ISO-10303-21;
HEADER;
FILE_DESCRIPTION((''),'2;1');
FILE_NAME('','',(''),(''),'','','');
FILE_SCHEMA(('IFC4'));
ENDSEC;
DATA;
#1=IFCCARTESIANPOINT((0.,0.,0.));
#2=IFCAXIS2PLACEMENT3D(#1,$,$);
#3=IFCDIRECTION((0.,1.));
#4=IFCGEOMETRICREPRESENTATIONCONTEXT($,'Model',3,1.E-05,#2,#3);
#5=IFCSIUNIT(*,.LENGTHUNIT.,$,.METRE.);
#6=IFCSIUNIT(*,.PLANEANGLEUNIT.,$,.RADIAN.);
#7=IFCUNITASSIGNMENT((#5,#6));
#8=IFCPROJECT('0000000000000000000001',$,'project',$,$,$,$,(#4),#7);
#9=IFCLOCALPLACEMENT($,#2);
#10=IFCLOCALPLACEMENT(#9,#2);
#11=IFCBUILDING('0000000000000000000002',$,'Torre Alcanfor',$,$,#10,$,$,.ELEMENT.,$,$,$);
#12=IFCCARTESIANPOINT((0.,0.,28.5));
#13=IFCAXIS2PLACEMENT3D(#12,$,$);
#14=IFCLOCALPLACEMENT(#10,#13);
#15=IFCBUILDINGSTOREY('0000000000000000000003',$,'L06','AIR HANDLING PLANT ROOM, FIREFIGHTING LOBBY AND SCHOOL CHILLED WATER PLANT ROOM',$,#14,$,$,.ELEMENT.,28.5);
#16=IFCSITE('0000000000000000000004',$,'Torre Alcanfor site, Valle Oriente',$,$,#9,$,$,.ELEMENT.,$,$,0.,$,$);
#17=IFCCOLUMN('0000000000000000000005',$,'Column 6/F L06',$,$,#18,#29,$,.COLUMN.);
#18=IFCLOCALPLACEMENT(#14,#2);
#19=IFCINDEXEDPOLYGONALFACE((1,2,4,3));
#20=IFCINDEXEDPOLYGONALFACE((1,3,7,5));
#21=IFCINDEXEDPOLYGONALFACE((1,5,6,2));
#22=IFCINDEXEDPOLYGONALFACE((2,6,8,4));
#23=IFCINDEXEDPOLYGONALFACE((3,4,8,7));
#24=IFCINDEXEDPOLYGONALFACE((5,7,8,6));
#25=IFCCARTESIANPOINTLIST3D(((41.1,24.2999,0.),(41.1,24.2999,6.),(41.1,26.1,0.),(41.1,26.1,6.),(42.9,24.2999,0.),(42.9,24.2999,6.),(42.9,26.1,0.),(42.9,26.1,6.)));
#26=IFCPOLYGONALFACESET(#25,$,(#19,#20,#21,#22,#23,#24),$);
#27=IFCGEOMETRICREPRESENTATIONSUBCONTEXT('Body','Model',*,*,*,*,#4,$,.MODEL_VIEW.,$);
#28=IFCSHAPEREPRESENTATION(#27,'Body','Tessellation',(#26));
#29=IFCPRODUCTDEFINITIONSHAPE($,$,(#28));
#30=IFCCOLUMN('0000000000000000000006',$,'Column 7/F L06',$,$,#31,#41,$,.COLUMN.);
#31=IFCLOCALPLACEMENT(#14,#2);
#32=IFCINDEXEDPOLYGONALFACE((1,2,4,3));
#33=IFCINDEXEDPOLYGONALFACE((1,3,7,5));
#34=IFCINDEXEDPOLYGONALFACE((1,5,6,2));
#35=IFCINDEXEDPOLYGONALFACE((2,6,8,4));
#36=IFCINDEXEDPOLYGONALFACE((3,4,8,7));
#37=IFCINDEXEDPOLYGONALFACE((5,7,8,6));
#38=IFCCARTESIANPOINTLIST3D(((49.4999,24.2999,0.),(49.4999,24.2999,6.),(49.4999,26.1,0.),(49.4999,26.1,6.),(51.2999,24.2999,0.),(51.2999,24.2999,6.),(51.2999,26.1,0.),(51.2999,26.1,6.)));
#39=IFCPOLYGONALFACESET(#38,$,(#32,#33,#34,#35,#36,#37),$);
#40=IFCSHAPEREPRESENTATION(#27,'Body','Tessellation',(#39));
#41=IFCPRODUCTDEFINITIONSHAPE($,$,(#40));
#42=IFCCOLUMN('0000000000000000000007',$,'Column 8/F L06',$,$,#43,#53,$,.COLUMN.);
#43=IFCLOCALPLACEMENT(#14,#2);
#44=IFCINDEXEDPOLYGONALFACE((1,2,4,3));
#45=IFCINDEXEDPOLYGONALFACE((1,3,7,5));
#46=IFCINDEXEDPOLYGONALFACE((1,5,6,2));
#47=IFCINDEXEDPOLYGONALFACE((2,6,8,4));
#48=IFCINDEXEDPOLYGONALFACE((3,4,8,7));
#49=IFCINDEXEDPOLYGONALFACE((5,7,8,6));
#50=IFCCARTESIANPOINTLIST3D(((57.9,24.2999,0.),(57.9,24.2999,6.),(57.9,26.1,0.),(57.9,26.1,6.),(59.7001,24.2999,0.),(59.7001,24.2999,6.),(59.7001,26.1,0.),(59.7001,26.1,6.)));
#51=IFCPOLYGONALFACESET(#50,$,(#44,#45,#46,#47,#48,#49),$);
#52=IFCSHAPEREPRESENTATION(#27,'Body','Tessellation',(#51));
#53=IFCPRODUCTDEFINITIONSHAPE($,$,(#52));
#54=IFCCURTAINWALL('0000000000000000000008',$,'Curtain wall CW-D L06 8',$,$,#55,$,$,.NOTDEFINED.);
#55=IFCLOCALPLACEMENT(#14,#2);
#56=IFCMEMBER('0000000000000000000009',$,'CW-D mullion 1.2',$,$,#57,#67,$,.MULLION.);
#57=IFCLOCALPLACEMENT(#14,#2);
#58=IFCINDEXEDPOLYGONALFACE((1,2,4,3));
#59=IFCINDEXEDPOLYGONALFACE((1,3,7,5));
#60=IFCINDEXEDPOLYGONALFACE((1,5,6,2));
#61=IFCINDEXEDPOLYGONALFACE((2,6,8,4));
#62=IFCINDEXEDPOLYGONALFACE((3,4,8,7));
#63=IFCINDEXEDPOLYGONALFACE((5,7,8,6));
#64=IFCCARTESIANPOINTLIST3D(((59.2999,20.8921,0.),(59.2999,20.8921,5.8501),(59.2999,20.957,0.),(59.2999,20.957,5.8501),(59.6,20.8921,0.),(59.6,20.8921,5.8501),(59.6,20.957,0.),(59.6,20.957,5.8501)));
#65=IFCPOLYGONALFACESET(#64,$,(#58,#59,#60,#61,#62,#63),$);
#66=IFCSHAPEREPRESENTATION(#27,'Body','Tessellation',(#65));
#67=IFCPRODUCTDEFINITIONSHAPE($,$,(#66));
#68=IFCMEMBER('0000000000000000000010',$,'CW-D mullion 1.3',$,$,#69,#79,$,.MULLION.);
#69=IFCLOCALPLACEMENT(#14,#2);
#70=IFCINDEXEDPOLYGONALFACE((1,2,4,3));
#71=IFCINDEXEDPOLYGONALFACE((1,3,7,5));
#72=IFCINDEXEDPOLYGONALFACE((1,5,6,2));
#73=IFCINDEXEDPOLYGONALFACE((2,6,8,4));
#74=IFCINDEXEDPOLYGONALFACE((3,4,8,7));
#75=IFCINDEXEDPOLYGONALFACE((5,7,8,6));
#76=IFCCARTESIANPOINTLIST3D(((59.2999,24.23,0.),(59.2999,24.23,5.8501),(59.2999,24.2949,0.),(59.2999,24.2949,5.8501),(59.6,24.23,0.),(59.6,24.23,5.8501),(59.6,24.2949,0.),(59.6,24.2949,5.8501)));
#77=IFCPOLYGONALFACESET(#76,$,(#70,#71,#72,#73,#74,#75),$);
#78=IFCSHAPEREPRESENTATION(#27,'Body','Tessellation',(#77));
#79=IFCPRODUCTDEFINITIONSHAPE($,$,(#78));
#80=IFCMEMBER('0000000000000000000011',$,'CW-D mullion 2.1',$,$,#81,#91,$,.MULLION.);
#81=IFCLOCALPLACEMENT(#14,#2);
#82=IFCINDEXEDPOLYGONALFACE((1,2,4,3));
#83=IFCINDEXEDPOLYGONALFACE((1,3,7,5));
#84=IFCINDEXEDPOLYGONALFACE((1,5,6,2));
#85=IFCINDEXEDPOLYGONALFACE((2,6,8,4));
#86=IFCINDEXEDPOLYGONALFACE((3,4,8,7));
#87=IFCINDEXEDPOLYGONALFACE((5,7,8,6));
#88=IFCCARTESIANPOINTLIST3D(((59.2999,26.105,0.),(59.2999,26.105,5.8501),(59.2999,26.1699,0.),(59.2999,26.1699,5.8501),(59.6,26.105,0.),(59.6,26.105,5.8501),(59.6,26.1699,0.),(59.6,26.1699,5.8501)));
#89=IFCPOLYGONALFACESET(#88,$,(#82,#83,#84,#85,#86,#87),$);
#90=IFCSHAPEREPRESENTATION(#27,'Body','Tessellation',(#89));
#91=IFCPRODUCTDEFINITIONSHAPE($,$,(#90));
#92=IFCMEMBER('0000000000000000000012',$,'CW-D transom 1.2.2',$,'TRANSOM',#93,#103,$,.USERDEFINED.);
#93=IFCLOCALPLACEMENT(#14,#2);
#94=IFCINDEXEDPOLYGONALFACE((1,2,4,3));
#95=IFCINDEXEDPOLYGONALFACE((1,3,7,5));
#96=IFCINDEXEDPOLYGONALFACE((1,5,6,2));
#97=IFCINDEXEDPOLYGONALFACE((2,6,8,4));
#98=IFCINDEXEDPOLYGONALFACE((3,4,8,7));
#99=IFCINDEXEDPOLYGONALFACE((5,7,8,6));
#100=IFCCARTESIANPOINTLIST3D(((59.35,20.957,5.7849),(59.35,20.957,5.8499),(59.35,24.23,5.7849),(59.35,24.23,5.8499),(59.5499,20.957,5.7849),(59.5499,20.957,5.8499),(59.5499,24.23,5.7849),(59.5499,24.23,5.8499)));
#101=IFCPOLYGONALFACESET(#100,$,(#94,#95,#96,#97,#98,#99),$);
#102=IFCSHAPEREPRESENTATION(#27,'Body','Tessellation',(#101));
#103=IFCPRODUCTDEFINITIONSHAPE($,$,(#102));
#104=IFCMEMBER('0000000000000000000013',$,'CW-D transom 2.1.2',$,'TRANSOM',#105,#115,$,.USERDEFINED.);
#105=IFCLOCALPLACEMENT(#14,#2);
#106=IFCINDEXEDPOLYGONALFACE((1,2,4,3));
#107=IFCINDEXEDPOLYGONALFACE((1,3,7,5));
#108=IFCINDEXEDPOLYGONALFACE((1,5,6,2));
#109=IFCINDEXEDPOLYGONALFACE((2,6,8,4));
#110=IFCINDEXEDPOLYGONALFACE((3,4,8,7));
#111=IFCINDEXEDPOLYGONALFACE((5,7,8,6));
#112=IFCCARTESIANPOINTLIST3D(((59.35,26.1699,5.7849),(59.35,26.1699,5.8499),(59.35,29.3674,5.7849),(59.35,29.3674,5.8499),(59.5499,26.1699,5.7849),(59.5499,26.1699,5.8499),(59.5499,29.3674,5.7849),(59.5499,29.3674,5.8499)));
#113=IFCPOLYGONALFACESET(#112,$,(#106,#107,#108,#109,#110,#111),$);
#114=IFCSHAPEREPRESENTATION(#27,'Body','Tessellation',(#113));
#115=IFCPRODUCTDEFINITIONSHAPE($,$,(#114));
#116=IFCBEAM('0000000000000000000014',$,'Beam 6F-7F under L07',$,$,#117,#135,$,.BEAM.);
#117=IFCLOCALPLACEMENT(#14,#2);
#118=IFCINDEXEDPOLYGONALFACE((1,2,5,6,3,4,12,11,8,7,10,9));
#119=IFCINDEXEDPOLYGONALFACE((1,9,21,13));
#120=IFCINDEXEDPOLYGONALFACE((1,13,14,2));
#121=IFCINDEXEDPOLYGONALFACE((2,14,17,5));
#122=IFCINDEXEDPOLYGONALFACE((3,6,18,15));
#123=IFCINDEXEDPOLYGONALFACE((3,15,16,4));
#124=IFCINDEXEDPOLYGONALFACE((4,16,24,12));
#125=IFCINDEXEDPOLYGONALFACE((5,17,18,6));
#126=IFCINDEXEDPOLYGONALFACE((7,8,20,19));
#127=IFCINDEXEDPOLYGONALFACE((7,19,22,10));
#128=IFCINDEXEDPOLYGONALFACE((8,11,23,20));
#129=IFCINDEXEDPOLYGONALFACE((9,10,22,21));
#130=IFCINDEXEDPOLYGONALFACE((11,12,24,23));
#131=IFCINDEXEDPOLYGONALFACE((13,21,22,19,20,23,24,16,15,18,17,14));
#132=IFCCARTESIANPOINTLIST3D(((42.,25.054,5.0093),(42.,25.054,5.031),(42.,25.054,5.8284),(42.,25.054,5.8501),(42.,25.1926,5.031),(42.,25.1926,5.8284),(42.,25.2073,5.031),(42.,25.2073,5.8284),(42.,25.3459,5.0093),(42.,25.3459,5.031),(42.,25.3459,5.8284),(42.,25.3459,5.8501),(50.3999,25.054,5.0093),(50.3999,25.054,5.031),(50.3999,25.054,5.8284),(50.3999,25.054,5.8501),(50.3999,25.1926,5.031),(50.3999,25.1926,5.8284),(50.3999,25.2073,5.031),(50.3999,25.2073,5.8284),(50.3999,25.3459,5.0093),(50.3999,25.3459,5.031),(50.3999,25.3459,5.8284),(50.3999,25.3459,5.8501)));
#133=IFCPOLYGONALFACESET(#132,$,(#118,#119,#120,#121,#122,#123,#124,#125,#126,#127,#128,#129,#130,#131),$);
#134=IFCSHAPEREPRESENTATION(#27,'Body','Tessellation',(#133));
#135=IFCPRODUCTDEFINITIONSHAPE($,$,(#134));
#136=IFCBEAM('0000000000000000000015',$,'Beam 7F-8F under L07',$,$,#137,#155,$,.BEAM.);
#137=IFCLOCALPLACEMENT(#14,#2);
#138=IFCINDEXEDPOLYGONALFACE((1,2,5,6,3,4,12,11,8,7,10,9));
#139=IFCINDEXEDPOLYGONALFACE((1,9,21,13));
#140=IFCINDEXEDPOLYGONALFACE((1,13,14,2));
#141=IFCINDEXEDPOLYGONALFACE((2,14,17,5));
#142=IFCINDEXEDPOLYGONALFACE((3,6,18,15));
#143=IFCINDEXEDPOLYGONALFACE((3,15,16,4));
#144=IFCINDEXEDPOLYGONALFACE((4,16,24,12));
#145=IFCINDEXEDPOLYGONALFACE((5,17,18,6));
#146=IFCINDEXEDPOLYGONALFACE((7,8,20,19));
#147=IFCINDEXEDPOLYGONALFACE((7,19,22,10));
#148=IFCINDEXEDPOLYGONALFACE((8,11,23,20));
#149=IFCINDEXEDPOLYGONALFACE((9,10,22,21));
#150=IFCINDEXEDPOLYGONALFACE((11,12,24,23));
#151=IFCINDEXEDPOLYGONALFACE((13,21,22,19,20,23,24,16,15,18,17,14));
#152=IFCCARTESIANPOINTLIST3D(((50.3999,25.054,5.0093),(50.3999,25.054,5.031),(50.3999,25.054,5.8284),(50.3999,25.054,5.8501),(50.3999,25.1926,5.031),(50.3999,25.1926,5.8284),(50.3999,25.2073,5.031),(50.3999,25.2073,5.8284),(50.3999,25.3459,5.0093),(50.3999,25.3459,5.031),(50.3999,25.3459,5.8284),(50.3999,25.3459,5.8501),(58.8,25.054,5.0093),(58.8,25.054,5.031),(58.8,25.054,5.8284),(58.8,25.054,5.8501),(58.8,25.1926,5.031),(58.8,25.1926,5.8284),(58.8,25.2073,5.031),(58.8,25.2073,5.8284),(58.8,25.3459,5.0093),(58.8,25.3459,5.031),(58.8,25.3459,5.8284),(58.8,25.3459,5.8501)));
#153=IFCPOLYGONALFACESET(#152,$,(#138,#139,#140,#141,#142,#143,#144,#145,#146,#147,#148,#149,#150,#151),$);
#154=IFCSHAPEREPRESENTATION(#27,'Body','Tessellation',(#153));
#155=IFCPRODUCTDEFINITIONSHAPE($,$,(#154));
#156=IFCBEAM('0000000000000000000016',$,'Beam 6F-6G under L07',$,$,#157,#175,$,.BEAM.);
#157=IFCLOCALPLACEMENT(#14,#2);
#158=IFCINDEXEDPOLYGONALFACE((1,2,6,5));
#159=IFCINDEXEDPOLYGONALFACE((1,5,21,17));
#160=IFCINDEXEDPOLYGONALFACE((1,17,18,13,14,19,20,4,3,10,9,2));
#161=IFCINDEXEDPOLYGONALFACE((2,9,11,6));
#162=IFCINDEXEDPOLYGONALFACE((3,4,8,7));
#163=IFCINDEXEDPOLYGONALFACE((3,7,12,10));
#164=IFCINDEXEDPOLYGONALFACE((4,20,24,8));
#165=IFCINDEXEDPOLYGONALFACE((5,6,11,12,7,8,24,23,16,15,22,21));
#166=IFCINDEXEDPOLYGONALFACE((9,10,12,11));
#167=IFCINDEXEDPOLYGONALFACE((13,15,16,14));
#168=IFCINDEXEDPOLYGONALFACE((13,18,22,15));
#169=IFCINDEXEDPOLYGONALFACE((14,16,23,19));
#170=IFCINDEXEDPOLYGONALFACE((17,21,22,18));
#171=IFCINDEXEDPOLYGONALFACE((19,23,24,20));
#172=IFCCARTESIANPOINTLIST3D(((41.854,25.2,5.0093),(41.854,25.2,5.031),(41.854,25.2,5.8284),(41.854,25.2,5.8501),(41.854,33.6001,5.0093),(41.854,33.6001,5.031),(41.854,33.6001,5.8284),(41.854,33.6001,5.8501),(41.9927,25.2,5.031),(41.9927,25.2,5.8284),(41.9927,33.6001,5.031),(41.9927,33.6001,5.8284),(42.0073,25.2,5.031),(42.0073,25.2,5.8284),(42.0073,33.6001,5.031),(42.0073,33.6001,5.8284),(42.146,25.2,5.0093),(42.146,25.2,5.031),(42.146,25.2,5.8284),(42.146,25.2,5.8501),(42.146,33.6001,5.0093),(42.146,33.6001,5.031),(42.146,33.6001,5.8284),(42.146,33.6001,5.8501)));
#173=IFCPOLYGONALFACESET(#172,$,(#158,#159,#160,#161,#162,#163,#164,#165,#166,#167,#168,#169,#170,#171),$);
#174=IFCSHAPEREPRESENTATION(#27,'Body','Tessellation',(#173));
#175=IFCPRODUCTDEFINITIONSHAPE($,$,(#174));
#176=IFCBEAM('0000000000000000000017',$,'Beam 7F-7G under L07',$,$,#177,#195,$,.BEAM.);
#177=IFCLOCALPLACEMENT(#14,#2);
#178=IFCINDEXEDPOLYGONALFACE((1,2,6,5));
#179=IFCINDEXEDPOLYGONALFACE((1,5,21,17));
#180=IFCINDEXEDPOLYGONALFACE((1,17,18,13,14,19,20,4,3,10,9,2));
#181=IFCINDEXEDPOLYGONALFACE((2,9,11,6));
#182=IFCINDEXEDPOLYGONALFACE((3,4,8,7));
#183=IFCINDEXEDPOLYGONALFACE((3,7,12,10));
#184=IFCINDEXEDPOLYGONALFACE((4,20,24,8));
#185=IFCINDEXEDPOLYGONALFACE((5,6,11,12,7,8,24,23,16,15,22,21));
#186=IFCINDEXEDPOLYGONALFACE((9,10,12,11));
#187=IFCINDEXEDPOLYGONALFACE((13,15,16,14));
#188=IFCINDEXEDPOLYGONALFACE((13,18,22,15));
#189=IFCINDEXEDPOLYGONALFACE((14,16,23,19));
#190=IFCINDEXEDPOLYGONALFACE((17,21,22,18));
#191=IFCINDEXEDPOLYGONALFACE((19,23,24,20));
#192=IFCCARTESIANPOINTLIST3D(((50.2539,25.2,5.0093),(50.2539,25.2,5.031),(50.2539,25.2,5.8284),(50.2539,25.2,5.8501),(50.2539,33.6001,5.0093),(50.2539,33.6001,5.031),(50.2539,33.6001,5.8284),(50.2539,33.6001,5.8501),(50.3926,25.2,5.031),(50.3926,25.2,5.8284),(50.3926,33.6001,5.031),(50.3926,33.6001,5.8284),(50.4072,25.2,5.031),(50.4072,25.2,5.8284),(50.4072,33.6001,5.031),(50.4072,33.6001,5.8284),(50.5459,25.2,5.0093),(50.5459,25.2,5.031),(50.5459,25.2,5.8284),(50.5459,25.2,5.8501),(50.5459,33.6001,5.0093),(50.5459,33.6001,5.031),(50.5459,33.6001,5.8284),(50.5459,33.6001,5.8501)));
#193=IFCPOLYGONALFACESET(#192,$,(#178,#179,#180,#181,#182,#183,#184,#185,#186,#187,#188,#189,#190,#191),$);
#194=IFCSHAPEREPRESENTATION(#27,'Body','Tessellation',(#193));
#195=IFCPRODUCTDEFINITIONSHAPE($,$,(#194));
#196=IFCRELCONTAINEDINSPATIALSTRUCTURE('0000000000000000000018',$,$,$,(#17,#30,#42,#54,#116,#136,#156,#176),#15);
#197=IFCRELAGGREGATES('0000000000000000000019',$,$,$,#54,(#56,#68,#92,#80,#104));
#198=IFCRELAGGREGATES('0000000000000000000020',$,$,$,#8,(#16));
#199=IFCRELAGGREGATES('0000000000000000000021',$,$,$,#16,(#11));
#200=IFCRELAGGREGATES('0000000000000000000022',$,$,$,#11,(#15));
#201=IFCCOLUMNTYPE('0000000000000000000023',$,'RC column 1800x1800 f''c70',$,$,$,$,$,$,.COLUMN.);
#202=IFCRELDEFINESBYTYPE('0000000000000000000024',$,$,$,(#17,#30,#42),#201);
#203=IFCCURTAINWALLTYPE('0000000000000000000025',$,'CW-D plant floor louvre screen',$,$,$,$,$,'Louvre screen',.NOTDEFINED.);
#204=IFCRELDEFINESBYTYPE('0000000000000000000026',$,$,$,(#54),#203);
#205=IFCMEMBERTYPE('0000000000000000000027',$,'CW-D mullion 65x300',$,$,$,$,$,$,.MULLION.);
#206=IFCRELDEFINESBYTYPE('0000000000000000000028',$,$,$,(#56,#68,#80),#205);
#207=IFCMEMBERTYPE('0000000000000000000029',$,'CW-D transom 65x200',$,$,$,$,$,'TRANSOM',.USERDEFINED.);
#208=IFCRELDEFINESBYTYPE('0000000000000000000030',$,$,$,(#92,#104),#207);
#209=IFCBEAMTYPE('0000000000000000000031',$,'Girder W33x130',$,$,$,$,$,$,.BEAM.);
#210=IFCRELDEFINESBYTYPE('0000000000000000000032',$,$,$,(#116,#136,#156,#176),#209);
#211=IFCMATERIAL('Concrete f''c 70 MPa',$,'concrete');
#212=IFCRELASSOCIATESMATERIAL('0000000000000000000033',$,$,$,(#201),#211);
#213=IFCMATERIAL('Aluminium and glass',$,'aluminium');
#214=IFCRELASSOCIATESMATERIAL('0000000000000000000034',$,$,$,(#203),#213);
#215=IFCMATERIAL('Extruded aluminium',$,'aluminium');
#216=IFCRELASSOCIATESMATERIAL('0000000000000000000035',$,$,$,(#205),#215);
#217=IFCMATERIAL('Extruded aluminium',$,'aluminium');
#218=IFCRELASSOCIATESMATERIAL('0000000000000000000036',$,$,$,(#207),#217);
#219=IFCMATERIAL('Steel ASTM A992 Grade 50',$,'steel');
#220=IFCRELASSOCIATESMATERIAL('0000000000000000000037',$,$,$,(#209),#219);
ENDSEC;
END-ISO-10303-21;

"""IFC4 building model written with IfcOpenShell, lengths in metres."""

from ifc_helpers import new_model, si_unit, direction, frame, origin, origin_2d, place, context, subcontext, project, spatial, rectangle, i_section, extrude, material, material_profile, profile_set, type_object, element, aggregate, save


model = new_model("IFC4")

# Units and contexts
model_context = context("Model", 3, precision=1e-05, world=origin(), true_north=direction((0.0, 1.0)))
body_context = subcontext(model_context, "Body", "Model", "MODEL_VIEW")
ifc_project = project(units=[si_unit("LENGTHUNIT", "METRE"), si_unit("PLANEANGLEUNIT", "RADIAN")], contexts=[model_context])

# Site, building, storey
site_placement = place(None, origin())
site = spatial("IfcSite", under=ifc_project, at=site_placement, Name="Torre Alcanfor site, Valle Oriente", CompositionType="ELEMENT", RefElevation=0.0)
building_placement = place(site_placement, origin())
building = spatial("IfcBuilding", under=site, at=building_placement, Name="Torre Alcanfor", CompositionType="ELEMENT")
storey_placement = place(building_placement, frame((0.0, 0.0, 28.5)))
storey = spatial("IfcBuildingStorey", under=building, at=storey_placement, Name="L06", Description="AIR HANDLING PLANT ROOM, FIREFIGHTING LOBBY AND SCHOOL CHILLED WATER PLANT ROOM", CompositionType="ELEMENT", Elevation=28.5)

# Columns
ifc_material_1 = material(Name="Concrete f'c 70 MPa", Category="concrete")
ifc_material_profile_1 = material_profile(ifc_material_1, rectangle(XDim=1.8, YDim=1.8, at=origin_2d()), Name="1800x1800")
ifc_profile_set_1 = profile_set([ifc_material_profile_1], Name="Concrete f'c 70 MPa")
column_type = type_object("IfcColumnType", Name="RC column 1800x1800 f'c70", PredefinedType="COLUMN", material=ifc_profile_set_1)
for number, where, z_axis, x_axis, name in (
    (1, (42.0, 25.2, 0.0), (0.0, 0.0, 1.0), (1.0, 0.0, 0.0), "Column 6/F L06"),
    (2, (50.3999, 25.2, 0.0), (0.0, 0.0, 1.0), (1.0, 0.0, 0.0), "Column 7/F L06"),
    (3, (58.8, 25.2, 0.0), (0.0, 0.0, 1.0), (1.0, 0.0, 0.0), "Column 8/F L06"),
):
    element("IfcColumn", number, at=place(storey_placement, frame(where, z_axis=z_axis, x_axis=x_axis)), inside=storey, type_object=column_type, Name=name, PredefinedType="COLUMN", context=body_context, shape_type="SweptSolid", body=[
        extrude(rectangle(XDim=1.8, YDim=1.8, at=origin_2d()), origin(), (0.0, 0.0, 1.0), 6.0),
    ])

# Curtain wall, members
ifc_material_2 = material(Name="Aluminium and glass", Category="aluminium")
curtain_wall_type = type_object("IfcCurtainWallType", Name="CW-D plant floor louvre screen", ElementType="Louvre screen", PredefinedType="NOTDEFINED", material=ifc_material_2)
curtain_wall_placement = place(storey_placement, origin())
curtain_wall = element("IfcCurtainWall", 4, at=curtain_wall_placement, inside=storey, type_object=curtain_wall_type, Name="Curtain wall CW-D L06 8", PredefinedType="NOTDEFINED")
ifc_material_3 = material(Name="Extruded aluminium", Category="aluminium")
ifc_material_profile_2 = material_profile(ifc_material_3, rectangle(XDim=0.3, YDim=0.0649, at=origin_2d()), Name="CW-D mullion 65x300")
ifc_profile_set_2 = profile_set([ifc_material_profile_2], Name="Extruded aluminium")
member_type_1 = type_object("IfcMemberType", Name="CW-D mullion 65x300", PredefinedType="MULLION", material=ifc_profile_set_2)
member_1_placement = place(storey_placement, frame((59.45, 20.9246, 0.0), z_axis=(0.0, 0.0, 1.0), x_axis=(-1.0, 0.0, 0.0)))
member_1 = element("IfcMember", 5, at=member_1_placement, type_object=member_type_1, Name="CW-D mullion 1.2", PredefinedType="MULLION", context=body_context, shape_type="SweptSolid", body=[
    extrude(rectangle(XDim=0.3, YDim=0.0649, at=origin_2d()), origin(), (0.0, 0.0, 1.0), 5.8501),
])
member_2_placement = place(storey_placement, frame((59.45, 24.2625, 0.0), z_axis=(0.0, 0.0, 1.0), x_axis=(-1.0, 0.0, 0.0)))
member_2 = element("IfcMember", 6, at=member_2_placement, type_object=member_type_1, Name="CW-D mullion 1.3", PredefinedType="MULLION", context=body_context, shape_type="SweptSolid", body=[
    extrude(rectangle(XDim=0.3, YDim=0.0649, at=origin_2d()), origin(), (0.0, 0.0, 1.0), 5.8501),
])
member_3_placement = place(storey_placement, frame((59.45, 26.1375, 0.0), z_axis=(0.0, 0.0, 1.0), x_axis=(-1.0, 0.0, 0.0)))
member_3 = element("IfcMember", 7, at=member_3_placement, type_object=member_type_1, Name="CW-D mullion 2.1", PredefinedType="MULLION", context=body_context, shape_type="SweptSolid", body=[
    extrude(rectangle(XDim=0.3, YDim=0.0649, at=origin_2d()), origin(), (0.0, 0.0, 1.0), 5.8501),
])
ifc_material_4 = material(Name="Extruded aluminium", Category="aluminium")
ifc_material_profile_3 = material_profile(ifc_material_4, rectangle(XDim=0.2, YDim=0.0649, at=origin_2d()), Name="CW-D transom 200x65")
ifc_profile_set_3 = profile_set([ifc_material_profile_3], Name="Extruded aluminium")
member_type_2 = type_object("IfcMemberType", Name="CW-D transom 65x200", ElementType="TRANSOM", PredefinedType="USERDEFINED", material=ifc_profile_set_3)
member_4_placement = place(storey_placement, frame((59.45, 20.957, 5.8174), z_axis=(0.0, 1.0, 0.0), x_axis=(-1.0, 0.0, 0.0)))
member_4 = element("IfcMember", 8, at=member_4_placement, type_object=member_type_2, Name="CW-D transom 1.2.2", ObjectType="TRANSOM", PredefinedType="USERDEFINED", context=body_context, shape_type="SweptSolid", body=[
    extrude(rectangle(XDim=0.2, YDim=0.0649, at=origin_2d()), origin(), (0.0, 0.0, 1.0), 3.2729),
])
member_5_placement = place(storey_placement, frame((59.45, 26.1699, 5.8174), z_axis=(0.0, 1.0, 0.0), x_axis=(-1.0, 0.0, 0.0)))
member_5 = element("IfcMember", 9, at=member_5_placement, type_object=member_type_2, Name="CW-D transom 2.1.2", ObjectType="TRANSOM", PredefinedType="USERDEFINED", context=body_context, shape_type="SweptSolid", body=[
    extrude(rectangle(XDim=0.2, YDim=0.0649, at=origin_2d()), origin(), (0.0, 0.0, 1.0), 3.1975),
])

# Beams
ifc_material_5 = material(Name="Steel ASTM A992 Grade 50", Category="steel")
ifc_material_profile_4 = material_profile(ifc_material_5, i_section(OverallWidth=0.292, OverallDepth=0.8408, WebThickness=0.0146, FlangeThickness=0.0217, at=origin_2d()), Name="W33x130")
ifc_profile_set_4 = profile_set([ifc_material_profile_4], Name="Steel ASTM A992 Grade 50")
beam_type_1 = type_object("IfcBeamType", Name="Girder W33x130", PredefinedType="BEAM", material=ifc_profile_set_4)
beam_1_placement = place(storey_placement, frame((42.0, 25.2, 5.4297), z_axis=(1.0, 0.0, 0.0), x_axis=(0.0, 1.0, 0.0)))
element("IfcBeam", 10, at=beam_1_placement, inside=storey, type_object=beam_type_1, Name="Beam 6F-7F under L07", PredefinedType="BEAM", context=body_context, shape_type="SweptSolid", body=[
    extrude(i_section(OverallWidth=0.292, OverallDepth=0.8408, WebThickness=0.0146, FlangeThickness=0.0217, at=origin_2d()), origin(), (0.0, 0.0, 1.0), 8.3999),
])
for number, where, z_axis, x_axis, name in (
    (11, (50.3999, 25.2, 5.4297), (1.0, 0.0, 0.0), (0.0, 1.0, 0.0), "Beam 7F-8F under L07"),
    (12, (42.0, 25.2, 5.4297), (0.0, 1.0, 0.0), (-1.0, 0.0, 0.0), "Beam 6F-6G under L07"),
    (13, (50.3999, 25.2, 5.4297), (0.0, 1.0, 0.0), (-1.0, 0.0, 0.0), "Beam 7F-7G under L07"),
):
    element("IfcBeam", number, at=place(storey_placement, frame(where, z_axis=z_axis, x_axis=x_axis)), inside=storey, type_object=beam_type_1, Name=name, PredefinedType="BEAM", context=body_context, shape_type="SweptSolid", body=[
        extrude(i_section(OverallWidth=0.292, OverallDepth=0.8408, WebThickness=0.0146, FlangeThickness=0.0217, at=origin_2d()), origin(), (0.0, 0.0, 1.0), 8.4001),
    ])

aggregate(curtain_wall, [member_1, member_2, member_4, member_3, member_5])

save(model, "model.ifc")
